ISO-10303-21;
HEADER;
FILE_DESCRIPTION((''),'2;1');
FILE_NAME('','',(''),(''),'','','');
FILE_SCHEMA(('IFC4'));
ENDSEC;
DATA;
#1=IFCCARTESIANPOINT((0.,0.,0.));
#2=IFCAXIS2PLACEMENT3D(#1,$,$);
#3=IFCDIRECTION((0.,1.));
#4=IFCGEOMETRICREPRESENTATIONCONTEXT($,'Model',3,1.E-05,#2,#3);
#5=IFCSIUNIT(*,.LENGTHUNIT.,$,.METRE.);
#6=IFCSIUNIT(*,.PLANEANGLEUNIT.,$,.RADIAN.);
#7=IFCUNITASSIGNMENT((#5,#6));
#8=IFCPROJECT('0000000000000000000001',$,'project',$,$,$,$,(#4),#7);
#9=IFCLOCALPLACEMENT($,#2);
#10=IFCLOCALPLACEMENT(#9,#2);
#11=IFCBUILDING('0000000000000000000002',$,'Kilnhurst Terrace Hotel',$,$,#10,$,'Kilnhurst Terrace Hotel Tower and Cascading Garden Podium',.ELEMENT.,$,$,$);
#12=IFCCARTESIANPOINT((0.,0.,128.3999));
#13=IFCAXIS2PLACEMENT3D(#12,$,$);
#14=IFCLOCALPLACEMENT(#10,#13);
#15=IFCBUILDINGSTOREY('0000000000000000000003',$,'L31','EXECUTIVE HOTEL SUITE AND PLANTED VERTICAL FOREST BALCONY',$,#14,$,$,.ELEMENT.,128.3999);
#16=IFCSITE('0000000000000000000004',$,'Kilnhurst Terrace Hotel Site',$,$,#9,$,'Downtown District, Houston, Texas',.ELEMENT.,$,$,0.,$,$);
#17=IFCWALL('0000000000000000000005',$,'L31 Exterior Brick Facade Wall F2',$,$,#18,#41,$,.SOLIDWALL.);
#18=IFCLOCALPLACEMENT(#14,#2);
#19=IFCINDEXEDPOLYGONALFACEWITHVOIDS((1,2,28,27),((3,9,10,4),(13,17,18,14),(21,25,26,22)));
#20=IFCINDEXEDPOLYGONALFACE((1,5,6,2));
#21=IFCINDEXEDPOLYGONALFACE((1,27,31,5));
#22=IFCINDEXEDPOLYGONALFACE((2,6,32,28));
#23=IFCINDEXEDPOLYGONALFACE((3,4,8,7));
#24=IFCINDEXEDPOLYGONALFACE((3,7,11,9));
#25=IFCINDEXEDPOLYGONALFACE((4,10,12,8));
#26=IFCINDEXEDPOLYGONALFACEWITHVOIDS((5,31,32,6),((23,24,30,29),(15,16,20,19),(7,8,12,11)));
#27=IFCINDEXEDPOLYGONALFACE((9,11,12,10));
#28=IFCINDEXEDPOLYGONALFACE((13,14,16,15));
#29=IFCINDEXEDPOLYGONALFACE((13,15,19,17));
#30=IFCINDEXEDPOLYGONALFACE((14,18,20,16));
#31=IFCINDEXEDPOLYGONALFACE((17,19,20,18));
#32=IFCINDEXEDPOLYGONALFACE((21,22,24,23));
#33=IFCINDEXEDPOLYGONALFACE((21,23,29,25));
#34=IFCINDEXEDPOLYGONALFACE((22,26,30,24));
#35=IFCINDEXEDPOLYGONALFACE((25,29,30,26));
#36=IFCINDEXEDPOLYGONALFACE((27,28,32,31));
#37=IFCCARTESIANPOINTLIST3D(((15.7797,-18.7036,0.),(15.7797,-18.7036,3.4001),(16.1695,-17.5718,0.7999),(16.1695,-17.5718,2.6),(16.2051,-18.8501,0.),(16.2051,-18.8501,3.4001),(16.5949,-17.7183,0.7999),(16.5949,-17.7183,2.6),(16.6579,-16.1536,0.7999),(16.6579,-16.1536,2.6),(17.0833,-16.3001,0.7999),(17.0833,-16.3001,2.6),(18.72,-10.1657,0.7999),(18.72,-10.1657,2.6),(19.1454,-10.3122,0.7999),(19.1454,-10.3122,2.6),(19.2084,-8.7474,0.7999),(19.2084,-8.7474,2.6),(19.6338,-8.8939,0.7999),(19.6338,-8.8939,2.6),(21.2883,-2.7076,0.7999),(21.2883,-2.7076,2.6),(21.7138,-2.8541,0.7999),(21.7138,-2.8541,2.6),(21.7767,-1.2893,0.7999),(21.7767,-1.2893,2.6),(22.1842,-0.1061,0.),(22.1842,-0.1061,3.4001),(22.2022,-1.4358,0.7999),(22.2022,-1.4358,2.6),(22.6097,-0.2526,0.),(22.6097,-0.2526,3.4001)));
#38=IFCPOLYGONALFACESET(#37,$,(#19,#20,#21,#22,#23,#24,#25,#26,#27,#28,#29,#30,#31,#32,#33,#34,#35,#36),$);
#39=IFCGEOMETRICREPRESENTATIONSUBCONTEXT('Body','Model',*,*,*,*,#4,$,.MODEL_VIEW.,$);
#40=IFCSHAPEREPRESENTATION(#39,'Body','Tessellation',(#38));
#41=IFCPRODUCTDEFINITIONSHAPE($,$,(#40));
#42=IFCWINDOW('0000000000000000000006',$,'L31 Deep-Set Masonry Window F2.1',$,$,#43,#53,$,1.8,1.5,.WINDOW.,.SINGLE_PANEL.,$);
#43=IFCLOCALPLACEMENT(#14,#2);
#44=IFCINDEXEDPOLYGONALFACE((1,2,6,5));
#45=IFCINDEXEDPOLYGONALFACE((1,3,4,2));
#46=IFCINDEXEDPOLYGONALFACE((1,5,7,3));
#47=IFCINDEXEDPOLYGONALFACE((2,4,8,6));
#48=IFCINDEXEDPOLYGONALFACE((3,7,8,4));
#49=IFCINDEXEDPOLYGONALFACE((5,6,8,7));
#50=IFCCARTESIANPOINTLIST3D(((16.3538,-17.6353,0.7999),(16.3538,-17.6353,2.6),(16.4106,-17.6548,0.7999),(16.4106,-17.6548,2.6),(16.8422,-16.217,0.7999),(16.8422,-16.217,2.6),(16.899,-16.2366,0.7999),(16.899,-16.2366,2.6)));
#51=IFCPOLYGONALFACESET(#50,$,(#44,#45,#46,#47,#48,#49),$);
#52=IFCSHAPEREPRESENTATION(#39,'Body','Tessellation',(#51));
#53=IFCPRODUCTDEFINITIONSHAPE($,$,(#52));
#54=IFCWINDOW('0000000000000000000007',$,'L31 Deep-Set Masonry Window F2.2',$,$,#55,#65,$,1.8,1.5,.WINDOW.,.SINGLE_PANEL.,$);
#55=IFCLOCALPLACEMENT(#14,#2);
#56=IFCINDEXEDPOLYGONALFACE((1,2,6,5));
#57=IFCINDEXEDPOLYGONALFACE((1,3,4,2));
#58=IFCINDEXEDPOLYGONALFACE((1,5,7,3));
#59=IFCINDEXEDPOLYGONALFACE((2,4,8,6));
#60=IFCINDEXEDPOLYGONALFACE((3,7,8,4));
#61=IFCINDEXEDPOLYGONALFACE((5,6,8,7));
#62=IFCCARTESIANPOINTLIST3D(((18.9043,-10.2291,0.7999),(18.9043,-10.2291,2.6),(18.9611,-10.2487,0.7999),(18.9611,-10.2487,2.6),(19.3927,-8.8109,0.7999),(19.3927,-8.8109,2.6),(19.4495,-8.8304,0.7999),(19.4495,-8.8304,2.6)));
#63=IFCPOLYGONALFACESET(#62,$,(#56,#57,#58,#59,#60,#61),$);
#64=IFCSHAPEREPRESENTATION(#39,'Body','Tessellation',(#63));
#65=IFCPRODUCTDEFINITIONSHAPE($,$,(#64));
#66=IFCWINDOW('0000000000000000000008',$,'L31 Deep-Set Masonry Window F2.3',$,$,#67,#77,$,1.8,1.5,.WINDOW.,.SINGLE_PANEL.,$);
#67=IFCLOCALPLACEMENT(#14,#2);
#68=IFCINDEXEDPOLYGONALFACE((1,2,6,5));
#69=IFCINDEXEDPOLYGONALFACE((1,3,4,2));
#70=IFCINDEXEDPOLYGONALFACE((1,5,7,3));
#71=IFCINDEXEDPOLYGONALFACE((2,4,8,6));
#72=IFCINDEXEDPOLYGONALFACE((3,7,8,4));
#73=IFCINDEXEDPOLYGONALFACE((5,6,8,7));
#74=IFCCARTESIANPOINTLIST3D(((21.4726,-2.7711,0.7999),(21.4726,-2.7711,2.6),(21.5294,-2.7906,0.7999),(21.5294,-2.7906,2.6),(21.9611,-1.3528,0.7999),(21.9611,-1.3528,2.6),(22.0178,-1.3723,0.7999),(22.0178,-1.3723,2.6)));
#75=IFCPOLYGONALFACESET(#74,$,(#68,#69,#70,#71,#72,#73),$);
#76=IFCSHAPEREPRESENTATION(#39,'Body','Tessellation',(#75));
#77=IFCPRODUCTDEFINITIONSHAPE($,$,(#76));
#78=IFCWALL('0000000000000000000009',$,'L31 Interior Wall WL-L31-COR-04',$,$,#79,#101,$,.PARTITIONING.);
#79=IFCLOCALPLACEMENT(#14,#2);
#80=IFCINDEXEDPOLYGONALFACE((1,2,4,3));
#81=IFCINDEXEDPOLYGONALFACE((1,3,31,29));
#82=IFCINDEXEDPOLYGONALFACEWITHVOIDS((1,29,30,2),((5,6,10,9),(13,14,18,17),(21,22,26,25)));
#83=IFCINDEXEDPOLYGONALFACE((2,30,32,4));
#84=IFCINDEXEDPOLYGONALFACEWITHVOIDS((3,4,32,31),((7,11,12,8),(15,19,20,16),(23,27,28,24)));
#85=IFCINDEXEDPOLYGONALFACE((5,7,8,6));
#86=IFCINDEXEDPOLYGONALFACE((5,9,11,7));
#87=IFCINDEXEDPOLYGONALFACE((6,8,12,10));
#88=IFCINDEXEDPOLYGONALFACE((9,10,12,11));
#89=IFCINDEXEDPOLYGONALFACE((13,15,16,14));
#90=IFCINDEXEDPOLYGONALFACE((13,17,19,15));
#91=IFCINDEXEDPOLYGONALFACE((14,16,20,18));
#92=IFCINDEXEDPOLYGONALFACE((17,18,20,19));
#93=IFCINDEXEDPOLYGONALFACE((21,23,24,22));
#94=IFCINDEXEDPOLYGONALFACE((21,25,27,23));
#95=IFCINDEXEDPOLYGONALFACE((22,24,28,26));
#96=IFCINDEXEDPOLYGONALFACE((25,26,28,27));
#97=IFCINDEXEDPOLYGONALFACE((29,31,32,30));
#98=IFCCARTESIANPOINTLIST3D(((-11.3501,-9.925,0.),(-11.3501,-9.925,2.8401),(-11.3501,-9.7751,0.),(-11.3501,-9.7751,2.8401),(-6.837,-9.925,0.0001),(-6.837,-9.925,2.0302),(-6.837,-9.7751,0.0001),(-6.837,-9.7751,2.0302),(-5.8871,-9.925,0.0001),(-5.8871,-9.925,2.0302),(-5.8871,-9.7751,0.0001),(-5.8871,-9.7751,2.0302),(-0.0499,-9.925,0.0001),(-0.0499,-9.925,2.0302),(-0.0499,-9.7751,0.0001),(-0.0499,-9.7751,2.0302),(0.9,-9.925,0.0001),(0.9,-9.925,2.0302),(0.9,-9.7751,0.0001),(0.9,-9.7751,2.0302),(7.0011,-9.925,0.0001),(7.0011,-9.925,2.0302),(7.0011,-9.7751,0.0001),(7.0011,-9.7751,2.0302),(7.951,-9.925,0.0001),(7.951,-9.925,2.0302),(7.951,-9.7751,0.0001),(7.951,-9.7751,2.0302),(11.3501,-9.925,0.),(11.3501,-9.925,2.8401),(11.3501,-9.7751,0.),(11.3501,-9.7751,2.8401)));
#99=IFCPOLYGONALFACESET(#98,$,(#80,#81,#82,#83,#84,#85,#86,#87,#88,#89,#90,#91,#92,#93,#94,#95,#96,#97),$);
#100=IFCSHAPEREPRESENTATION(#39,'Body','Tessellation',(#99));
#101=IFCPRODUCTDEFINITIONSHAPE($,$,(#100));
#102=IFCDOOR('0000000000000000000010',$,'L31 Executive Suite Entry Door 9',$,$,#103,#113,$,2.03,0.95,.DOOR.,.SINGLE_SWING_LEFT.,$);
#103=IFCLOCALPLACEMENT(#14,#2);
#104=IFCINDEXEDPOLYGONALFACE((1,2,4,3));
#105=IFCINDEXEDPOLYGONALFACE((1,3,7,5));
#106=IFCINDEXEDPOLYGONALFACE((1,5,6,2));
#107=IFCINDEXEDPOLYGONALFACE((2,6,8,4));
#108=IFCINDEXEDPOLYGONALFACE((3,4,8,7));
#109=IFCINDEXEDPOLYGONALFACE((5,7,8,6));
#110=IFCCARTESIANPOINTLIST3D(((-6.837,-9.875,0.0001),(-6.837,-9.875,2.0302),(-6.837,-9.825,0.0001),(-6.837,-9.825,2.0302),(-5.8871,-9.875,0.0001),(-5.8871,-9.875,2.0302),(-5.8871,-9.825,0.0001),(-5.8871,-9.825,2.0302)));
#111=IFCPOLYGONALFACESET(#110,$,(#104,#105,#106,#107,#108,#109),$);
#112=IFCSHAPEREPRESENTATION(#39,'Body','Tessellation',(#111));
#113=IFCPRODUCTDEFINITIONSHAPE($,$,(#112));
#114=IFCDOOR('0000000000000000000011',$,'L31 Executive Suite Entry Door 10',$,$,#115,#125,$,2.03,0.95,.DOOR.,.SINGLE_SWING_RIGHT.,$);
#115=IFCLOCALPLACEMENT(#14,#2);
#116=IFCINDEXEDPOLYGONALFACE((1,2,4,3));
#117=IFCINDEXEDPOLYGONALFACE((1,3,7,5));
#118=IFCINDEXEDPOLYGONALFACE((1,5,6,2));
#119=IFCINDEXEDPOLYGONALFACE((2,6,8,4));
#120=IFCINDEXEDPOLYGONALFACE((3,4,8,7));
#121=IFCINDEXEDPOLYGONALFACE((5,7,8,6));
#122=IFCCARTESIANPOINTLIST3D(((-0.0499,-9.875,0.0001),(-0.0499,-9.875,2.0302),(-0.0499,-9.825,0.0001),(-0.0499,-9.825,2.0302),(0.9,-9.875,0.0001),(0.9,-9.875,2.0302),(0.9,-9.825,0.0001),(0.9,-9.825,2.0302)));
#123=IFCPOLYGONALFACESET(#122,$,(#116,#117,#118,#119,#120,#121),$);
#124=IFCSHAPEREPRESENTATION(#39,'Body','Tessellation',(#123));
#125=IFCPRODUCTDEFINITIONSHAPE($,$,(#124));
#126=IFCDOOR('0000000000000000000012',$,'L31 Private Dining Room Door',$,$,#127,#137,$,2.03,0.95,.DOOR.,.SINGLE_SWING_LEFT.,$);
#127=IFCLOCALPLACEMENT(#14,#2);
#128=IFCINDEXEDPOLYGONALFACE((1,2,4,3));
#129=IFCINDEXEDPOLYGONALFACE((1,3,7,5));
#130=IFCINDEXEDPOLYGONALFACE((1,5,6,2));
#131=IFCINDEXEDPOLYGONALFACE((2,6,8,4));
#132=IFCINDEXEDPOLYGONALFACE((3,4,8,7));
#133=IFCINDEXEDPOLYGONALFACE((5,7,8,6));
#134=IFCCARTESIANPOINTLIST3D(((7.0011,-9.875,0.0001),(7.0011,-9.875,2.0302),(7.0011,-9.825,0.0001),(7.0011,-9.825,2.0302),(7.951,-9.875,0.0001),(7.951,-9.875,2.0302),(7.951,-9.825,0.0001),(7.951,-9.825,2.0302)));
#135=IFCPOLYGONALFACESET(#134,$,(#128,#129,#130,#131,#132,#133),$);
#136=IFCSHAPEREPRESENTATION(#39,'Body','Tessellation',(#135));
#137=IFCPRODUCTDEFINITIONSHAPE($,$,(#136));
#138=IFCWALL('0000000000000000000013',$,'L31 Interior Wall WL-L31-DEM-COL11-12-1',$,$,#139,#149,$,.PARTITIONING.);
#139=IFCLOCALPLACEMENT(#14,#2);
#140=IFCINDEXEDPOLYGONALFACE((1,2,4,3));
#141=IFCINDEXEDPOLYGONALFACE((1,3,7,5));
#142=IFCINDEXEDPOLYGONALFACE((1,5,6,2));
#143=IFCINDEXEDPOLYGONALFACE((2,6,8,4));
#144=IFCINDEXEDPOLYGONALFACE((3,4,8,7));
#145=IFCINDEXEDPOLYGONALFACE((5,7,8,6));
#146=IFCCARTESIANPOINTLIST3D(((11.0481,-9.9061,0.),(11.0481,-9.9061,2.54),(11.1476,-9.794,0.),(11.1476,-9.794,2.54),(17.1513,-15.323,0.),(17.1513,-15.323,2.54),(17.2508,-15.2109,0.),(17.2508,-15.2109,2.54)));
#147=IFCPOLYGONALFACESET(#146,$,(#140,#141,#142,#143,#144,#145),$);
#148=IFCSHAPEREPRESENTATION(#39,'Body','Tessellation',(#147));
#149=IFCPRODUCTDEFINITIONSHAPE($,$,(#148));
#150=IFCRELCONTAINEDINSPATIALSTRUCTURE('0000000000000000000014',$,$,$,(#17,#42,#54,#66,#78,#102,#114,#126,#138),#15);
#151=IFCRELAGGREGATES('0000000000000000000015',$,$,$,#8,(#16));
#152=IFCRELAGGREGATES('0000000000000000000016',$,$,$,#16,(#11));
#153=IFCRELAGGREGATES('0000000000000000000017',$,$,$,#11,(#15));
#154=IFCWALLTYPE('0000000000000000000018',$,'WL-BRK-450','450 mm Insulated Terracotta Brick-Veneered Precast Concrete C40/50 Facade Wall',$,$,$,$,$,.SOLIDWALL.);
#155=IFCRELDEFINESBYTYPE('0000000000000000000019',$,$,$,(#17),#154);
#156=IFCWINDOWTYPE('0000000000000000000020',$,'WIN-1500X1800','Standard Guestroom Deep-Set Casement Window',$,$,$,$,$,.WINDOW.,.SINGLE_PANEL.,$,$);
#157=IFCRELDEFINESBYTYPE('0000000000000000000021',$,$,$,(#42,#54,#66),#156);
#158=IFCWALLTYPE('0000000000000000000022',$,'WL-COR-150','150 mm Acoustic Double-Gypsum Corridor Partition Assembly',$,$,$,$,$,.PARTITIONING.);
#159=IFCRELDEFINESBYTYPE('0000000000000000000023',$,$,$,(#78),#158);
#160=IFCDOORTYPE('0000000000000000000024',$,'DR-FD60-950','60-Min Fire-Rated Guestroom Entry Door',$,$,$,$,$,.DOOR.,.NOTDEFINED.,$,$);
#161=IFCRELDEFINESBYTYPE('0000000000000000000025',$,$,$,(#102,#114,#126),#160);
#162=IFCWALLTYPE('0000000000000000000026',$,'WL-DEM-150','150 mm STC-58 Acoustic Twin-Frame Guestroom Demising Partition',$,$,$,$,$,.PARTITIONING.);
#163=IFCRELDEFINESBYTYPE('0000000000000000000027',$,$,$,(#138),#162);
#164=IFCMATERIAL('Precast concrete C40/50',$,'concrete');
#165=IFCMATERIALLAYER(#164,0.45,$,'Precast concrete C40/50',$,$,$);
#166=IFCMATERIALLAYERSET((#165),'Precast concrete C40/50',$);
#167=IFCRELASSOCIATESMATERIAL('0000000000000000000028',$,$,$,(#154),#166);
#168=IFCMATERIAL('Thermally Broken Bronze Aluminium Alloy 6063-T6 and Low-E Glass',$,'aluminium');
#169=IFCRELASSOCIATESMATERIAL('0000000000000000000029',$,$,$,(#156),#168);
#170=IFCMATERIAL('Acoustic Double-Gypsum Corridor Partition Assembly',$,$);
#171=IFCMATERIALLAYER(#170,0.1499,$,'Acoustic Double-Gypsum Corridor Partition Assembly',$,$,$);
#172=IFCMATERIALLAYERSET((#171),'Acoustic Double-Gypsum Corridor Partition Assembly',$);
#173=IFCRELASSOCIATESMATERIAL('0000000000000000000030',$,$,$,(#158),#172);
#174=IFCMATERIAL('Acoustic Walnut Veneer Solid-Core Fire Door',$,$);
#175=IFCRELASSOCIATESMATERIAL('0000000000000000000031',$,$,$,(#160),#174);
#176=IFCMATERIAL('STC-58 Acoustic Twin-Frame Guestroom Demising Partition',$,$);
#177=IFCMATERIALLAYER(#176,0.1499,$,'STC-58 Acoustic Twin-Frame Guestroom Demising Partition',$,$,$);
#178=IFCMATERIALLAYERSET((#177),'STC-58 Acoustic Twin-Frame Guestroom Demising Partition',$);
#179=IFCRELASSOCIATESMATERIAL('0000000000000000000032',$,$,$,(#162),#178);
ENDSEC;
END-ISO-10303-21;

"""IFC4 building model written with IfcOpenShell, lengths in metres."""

from ifc_helpers import new_model, si_unit, direction, frame, frame_2d, origin, place, context, subcontext, project, spatial, rectangle, extrude, material, layer, layer_set, type_object, element, fill, save


model = new_model("IFC4")

# Units and contexts
model_context = context("Model", 3, precision=1e-05, world=origin(), true_north=direction((0.0, 1.0)))
body_context = subcontext(model_context, "Body", "Model", "MODEL_VIEW")
ifc_project = project(units=[si_unit("LENGTHUNIT", "METRE"), si_unit("PLANEANGLEUNIT", "RADIAN")], contexts=[model_context])

# Site, building, storey
site_placement = place(None, origin())
site = spatial("IfcSite", under=ifc_project, at=site_placement, Name="Kilnhurst Terrace Hotel Site", LongName="Downtown District, Houston, Texas", CompositionType="ELEMENT", RefElevation=0.0)
building_placement = place(site_placement, origin())
building = spatial("IfcBuilding", under=site, at=building_placement, Name="Kilnhurst Terrace Hotel", LongName="Kilnhurst Terrace Hotel Tower and Cascading Garden Podium", CompositionType="ELEMENT")
storey_placement = place(building_placement, frame((0.0, 0.0, 128.3999)))
storey = spatial("IfcBuildingStorey", under=building, at=storey_placement, Name="L31", Description="EXECUTIVE HOTEL SUITE AND PLANTED VERTICAL FOREST BALCONY", CompositionType="ELEMENT", Elevation=128.3999)

# Shared definitions
ifc_material_1 = material(Name="Precast concrete C40/50", Category="concrete")
ifc_layer_1 = layer(ifc_material_1, 0.45, Name="Precast concrete C40/50")
ifc_layer_set_1 = layer_set([ifc_layer_1], Name="Precast concrete C40/50")
wall_type_1 = type_object("IfcWallType", Name="WL-BRK-450", Description="450 mm Insulated Terracotta Brick-Veneered Precast Concrete C40/50 Facade Wall", PredefinedType="SOLIDWALL", material=ifc_layer_set_1)

# Wall, openings, windows
wall_1_placement = place(storey_placement, frame((15.9924, -18.7769, 0.0), z_axis=(0.0, 0.0, 1.0), x_axis=(0.325607, 0.945505, 0.0)))
wall_1 = element("IfcWall", 1, at=wall_1_placement, inside=storey, type_object=wall_type_1, Name="L31 Exterior Brick Facade Wall F2", PredefinedType="SOLIDWALL", context=body_context, shape_type="SweptSolid", body=[
    extrude(rectangle(XDim=19.6694, YDim=0.45, at=frame_2d((9.8347, 0.0))), origin(), (0.0, 0.0, 1.0), 3.4001),
])
opening_1_placement = place(wall_1_placement, frame((1.197, 0.0, 0.8)))
opening_1 = element("IfcOpeningElement", 2, at=opening_1_placement, cuts=wall_1, PredefinedType="OPENING", context=body_context, shape_type="SweptSolid", body=[
    extrude(rectangle(XDim=1.5, YDim=1.8, at=frame_2d((0.75, 0.8999))), frame((0.0, 0.2349, 0.0), z_axis=(0.0, -1.0, 0.0), x_axis=(1.0, 0.0, 0.0)), (0.0, 0.0, 1.0), 0.47),
])
opening_2_placement = place(wall_1_placement, frame((9.03, 0.0, 0.8)))
opening_2 = element("IfcOpeningElement", 3, at=opening_2_placement, cuts=wall_1, PredefinedType="OPENING", context=body_context, shape_type="SweptSolid", body=[
    extrude(rectangle(XDim=1.5, YDim=1.8, at=frame_2d((0.75, 0.8999))), frame((0.0, 0.2349, 0.0), z_axis=(0.0, -1.0, 0.0), x_axis=(1.0, 0.0, 0.0)), (0.0, 0.0, 1.0), 0.47),
])
opening_3_placement = place(wall_1_placement, frame((16.918, 0.0, 0.8)))
opening_3 = element("IfcOpeningElement", 4, at=opening_3_placement, cuts=wall_1, PredefinedType="OPENING", context=body_context, shape_type="SweptSolid", body=[
    extrude(rectangle(XDim=1.5, YDim=1.8, at=frame_2d((0.75, 0.8999))), frame((0.0, 0.2349, 0.0), z_axis=(0.0, -1.0, 0.0), x_axis=(1.0, 0.0, 0.0)), (0.0, 0.0, 1.0), 0.47),
])
ifc_material_2 = material(Name="Thermally Broken Bronze Aluminium Alloy 6063-T6 and Low-E Glass", Category="aluminium")
window_type = type_object("IfcWindowType", Name="WIN-1500X1800", Description="Standard Guestroom Deep-Set Casement Window", PartitioningType="SINGLE_PANEL", PredefinedType="WINDOW", material=ifc_material_2)
window_1_placement = place(opening_1_placement, origin())
window_1 = element("IfcWindow", 5, at=window_1_placement, inside=storey, type_object=window_type, Name="L31 Deep-Set Masonry Window F2.1", OverallHeight=1.8, OverallWidth=1.5, PartitioningType="SINGLE_PANEL", PredefinedType="WINDOW", context=body_context, shape_type="SweptSolid", body=[
    extrude(rectangle(XDim=1.5, YDim=1.8, at=frame_2d((0.75, 0.8999))), frame((0.0, 0.03, 0.0), z_axis=(0.0, -1.0, 0.0), x_axis=(1.0, 0.0, 0.0)), (0.0, 0.0, 1.0), 0.0601),
])
fill(opening_1, window_1)
window_2_placement = place(opening_2_placement, origin())
window_2 = element("IfcWindow", 6, at=window_2_placement, inside=storey, type_object=window_type, Name="L31 Deep-Set Masonry Window F2.2", OverallHeight=1.8, OverallWidth=1.5, PartitioningType="SINGLE_PANEL", PredefinedType="WINDOW", context=body_context, shape_type="SweptSolid", body=[
    extrude(rectangle(XDim=1.5, YDim=1.8, at=frame_2d((0.75, 0.8999))), frame((0.0, 0.03, 0.0), z_axis=(0.0, -1.0, 0.0), x_axis=(1.0, 0.0, 0.0)), (0.0, 0.0, 1.0), 0.0601),
])
fill(opening_2, window_2)
window_3_placement = place(opening_3_placement, origin())
window_3 = element("IfcWindow", 7, at=window_3_placement, inside=storey, type_object=window_type, Name="L31 Deep-Set Masonry Window F2.3", OverallHeight=1.8, OverallWidth=1.5, PartitioningType="SINGLE_PANEL", PredefinedType="WINDOW", context=body_context, shape_type="SweptSolid", body=[
    extrude(rectangle(XDim=1.5, YDim=1.8, at=frame_2d((0.75, 0.8999))), frame((0.0, 0.03, 0.0), z_axis=(0.0, -1.0, 0.0), x_axis=(1.0, 0.0, 0.0)), (0.0, 0.0, 1.0), 0.0601),
])
fill(opening_3, window_3)

# Wall, openings, doors
ifc_material_3 = material(Name="Acoustic Double-Gypsum Corridor Partition Assembly")
ifc_layer_2 = layer(ifc_material_3, 0.1499, Name="Acoustic Double-Gypsum Corridor Partition Assembly")
ifc_layer_set_2 = layer_set([ifc_layer_2], Name="Acoustic Double-Gypsum Corridor Partition Assembly")
wall_type_2 = type_object("IfcWallType", Name="WL-COR-150", Description="150 mm Acoustic Double-Gypsum Corridor Partition Assembly", PredefinedType="PARTITIONING", material=ifc_layer_set_2)
wall_2_placement = place(storey_placement, frame((11.3501, -9.8501, 0.0), z_axis=(0.0, 0.0, 1.0), x_axis=(-1.0, 0.0, 0.0)))
wall_2 = element("IfcWall", 8, at=wall_2_placement, inside=storey, type_object=wall_type_2, Name="L31 Interior Wall WL-L31-COR-04", PredefinedType="PARTITIONING", context=body_context, shape_type="SweptSolid", body=[
    extrude(rectangle(XDim=22.7002, YDim=0.1499, at=frame_2d((11.3501, 0.0))), origin(), (0.0, 0.0, 1.0), 2.8401),
])
opening_4_placement = place(wall_2_placement, frame((17.2371, 0.0, 0.0)))
opening_4 = element("IfcOpeningElement", 9, at=opening_4_placement, cuts=wall_2, PredefinedType="OPENING", context=body_context, shape_type="SweptSolid", body=[
    extrude(rectangle(XDim=0.95, YDim=2.03, at=frame_2d((0.4751, 1.0151))), frame((0.0, 0.085, 0.0), z_axis=(0.0, -1.0, 0.0), x_axis=(1.0, 0.0, 0.0)), (0.0, 0.0, 1.0), 0.1699),
])
opening_5_placement = place(wall_2_placement, frame((10.45, 0.0, 0.0)))
opening_5 = element("IfcOpeningElement", 10, at=opening_5_placement, cuts=wall_2, PredefinedType="OPENING", context=body_context, shape_type="SweptSolid", body=[
    extrude(rectangle(XDim=0.95, YDim=2.03, at=frame_2d((0.4751, 1.0151))), frame((0.0, 0.085, 0.0), z_axis=(0.0, -1.0, 0.0), x_axis=(1.0, 0.0, 0.0)), (0.0, 0.0, 1.0), 0.1699),
])
opening_6_placement = place(wall_2_placement, frame((3.3989, 0.0, 0.0)))
opening_6 = element("IfcOpeningElement", 11, at=opening_6_placement, cuts=wall_2, PredefinedType="OPENING", context=body_context, shape_type="SweptSolid", body=[
    extrude(rectangle(XDim=0.95, YDim=2.03, at=frame_2d((0.4751, 1.0151))), frame((0.0, 0.085, 0.0), z_axis=(0.0, -1.0, 0.0), x_axis=(1.0, 0.0, 0.0)), (0.0, 0.0, 1.0), 0.1699),
])
ifc_material_4 = material(Name="Acoustic Walnut Veneer Solid-Core Fire Door")
door_type_1 = type_object("IfcDoorType", Name="DR-FD60-950", Description="60-Min Fire-Rated Guestroom Entry Door", OperationType="NOTDEFINED", PredefinedType="DOOR", material=ifc_material_4)
door_1_placement = place(opening_4_placement, origin())
door_1 = element("IfcDoor", 12, at=door_1_placement, inside=storey, type_object=door_type_1, Name="L31 Executive Suite Entry Door 9", OperationType="SINGLE_SWING_LEFT", OverallHeight=2.03, OverallWidth=0.95, PredefinedType="DOOR", context=body_context, shape_type="SweptSolid", body=[
    extrude(rectangle(XDim=0.95, YDim=2.03, at=frame_2d((0.4751, 1.0151))), frame((0.0, 0.0249, 0.0), z_axis=(0.0, -1.0, 0.0), x_axis=(1.0, 0.0, 0.0)), (0.0, 0.0, 1.0), 0.05),
])
fill(opening_4, door_1)
door_2_placement = place(opening_5_placement, origin())
door_2 = element("IfcDoor", 13, at=door_2_placement, inside=storey, type_object=door_type_1, Name="L31 Executive Suite Entry Door 10", OperationType="SINGLE_SWING_RIGHT", OverallHeight=2.03, OverallWidth=0.95, PredefinedType="DOOR", context=body_context, shape_type="SweptSolid", body=[
    extrude(rectangle(XDim=0.95, YDim=2.03, at=frame_2d((0.4751, 1.0151))), frame((0.0, 0.0249, 0.0), z_axis=(0.0, -1.0, 0.0), x_axis=(1.0, 0.0, 0.0)), (0.0, 0.0, 1.0), 0.05),
])
fill(opening_5, door_2)
door_3_placement = place(opening_6_placement, origin())
door_3 = element("IfcDoor", 14, at=door_3_placement, inside=storey, type_object=door_type_1, Name="L31 Private Dining Room Door", OperationType="SINGLE_SWING_LEFT", OverallHeight=2.03, OverallWidth=0.95, PredefinedType="DOOR", context=body_context, shape_type="SweptSolid", body=[
    extrude(rectangle(XDim=0.95, YDim=2.03, at=frame_2d((0.4751, 1.0151))), frame((0.0, 0.0249, 0.0), z_axis=(0.0, -1.0, 0.0), x_axis=(1.0, 0.0, 0.0)), (0.0, 0.0, 1.0), 0.05),
])
fill(opening_6, door_3)

# Wall
ifc_material_5 = material(Name="STC-58 Acoustic Twin-Frame Guestroom Demising Partition")
ifc_layer_3 = layer(ifc_material_5, 0.1499, Name="STC-58 Acoustic Twin-Frame Guestroom Demising Partition")
ifc_layer_set_3 = layer_set([ifc_layer_3], Name="STC-58 Acoustic Twin-Frame Guestroom Demising Partition")
wall_type_3 = type_object("IfcWallType", Name="WL-DEM-150", Description="150 mm STC-58 Acoustic Twin-Frame Guestroom Demising Partition", PredefinedType="PARTITIONING", material=ifc_layer_set_3)
wall_3_placement = place(storey_placement, frame((11.0979, -9.8501, 0.0), z_axis=(0.0, 0.0, 1.0), x_axis=(0.747904, -0.663807, 0.0)))
element("IfcWall", 15, at=wall_3_placement, inside=storey, type_object=wall_type_3, Name="L31 Interior Wall WL-L31-DEM-COL11-12-1", PredefinedType="PARTITIONING", context=body_context, shape_type="SweptSolid", body=[
    extrude(rectangle(XDim=8.1604, YDim=0.1499, at=frame_2d((4.0801, 0.0))), origin(), (0.0, 0.0, 1.0), 2.54),
])

save(model, "model.ifc")
